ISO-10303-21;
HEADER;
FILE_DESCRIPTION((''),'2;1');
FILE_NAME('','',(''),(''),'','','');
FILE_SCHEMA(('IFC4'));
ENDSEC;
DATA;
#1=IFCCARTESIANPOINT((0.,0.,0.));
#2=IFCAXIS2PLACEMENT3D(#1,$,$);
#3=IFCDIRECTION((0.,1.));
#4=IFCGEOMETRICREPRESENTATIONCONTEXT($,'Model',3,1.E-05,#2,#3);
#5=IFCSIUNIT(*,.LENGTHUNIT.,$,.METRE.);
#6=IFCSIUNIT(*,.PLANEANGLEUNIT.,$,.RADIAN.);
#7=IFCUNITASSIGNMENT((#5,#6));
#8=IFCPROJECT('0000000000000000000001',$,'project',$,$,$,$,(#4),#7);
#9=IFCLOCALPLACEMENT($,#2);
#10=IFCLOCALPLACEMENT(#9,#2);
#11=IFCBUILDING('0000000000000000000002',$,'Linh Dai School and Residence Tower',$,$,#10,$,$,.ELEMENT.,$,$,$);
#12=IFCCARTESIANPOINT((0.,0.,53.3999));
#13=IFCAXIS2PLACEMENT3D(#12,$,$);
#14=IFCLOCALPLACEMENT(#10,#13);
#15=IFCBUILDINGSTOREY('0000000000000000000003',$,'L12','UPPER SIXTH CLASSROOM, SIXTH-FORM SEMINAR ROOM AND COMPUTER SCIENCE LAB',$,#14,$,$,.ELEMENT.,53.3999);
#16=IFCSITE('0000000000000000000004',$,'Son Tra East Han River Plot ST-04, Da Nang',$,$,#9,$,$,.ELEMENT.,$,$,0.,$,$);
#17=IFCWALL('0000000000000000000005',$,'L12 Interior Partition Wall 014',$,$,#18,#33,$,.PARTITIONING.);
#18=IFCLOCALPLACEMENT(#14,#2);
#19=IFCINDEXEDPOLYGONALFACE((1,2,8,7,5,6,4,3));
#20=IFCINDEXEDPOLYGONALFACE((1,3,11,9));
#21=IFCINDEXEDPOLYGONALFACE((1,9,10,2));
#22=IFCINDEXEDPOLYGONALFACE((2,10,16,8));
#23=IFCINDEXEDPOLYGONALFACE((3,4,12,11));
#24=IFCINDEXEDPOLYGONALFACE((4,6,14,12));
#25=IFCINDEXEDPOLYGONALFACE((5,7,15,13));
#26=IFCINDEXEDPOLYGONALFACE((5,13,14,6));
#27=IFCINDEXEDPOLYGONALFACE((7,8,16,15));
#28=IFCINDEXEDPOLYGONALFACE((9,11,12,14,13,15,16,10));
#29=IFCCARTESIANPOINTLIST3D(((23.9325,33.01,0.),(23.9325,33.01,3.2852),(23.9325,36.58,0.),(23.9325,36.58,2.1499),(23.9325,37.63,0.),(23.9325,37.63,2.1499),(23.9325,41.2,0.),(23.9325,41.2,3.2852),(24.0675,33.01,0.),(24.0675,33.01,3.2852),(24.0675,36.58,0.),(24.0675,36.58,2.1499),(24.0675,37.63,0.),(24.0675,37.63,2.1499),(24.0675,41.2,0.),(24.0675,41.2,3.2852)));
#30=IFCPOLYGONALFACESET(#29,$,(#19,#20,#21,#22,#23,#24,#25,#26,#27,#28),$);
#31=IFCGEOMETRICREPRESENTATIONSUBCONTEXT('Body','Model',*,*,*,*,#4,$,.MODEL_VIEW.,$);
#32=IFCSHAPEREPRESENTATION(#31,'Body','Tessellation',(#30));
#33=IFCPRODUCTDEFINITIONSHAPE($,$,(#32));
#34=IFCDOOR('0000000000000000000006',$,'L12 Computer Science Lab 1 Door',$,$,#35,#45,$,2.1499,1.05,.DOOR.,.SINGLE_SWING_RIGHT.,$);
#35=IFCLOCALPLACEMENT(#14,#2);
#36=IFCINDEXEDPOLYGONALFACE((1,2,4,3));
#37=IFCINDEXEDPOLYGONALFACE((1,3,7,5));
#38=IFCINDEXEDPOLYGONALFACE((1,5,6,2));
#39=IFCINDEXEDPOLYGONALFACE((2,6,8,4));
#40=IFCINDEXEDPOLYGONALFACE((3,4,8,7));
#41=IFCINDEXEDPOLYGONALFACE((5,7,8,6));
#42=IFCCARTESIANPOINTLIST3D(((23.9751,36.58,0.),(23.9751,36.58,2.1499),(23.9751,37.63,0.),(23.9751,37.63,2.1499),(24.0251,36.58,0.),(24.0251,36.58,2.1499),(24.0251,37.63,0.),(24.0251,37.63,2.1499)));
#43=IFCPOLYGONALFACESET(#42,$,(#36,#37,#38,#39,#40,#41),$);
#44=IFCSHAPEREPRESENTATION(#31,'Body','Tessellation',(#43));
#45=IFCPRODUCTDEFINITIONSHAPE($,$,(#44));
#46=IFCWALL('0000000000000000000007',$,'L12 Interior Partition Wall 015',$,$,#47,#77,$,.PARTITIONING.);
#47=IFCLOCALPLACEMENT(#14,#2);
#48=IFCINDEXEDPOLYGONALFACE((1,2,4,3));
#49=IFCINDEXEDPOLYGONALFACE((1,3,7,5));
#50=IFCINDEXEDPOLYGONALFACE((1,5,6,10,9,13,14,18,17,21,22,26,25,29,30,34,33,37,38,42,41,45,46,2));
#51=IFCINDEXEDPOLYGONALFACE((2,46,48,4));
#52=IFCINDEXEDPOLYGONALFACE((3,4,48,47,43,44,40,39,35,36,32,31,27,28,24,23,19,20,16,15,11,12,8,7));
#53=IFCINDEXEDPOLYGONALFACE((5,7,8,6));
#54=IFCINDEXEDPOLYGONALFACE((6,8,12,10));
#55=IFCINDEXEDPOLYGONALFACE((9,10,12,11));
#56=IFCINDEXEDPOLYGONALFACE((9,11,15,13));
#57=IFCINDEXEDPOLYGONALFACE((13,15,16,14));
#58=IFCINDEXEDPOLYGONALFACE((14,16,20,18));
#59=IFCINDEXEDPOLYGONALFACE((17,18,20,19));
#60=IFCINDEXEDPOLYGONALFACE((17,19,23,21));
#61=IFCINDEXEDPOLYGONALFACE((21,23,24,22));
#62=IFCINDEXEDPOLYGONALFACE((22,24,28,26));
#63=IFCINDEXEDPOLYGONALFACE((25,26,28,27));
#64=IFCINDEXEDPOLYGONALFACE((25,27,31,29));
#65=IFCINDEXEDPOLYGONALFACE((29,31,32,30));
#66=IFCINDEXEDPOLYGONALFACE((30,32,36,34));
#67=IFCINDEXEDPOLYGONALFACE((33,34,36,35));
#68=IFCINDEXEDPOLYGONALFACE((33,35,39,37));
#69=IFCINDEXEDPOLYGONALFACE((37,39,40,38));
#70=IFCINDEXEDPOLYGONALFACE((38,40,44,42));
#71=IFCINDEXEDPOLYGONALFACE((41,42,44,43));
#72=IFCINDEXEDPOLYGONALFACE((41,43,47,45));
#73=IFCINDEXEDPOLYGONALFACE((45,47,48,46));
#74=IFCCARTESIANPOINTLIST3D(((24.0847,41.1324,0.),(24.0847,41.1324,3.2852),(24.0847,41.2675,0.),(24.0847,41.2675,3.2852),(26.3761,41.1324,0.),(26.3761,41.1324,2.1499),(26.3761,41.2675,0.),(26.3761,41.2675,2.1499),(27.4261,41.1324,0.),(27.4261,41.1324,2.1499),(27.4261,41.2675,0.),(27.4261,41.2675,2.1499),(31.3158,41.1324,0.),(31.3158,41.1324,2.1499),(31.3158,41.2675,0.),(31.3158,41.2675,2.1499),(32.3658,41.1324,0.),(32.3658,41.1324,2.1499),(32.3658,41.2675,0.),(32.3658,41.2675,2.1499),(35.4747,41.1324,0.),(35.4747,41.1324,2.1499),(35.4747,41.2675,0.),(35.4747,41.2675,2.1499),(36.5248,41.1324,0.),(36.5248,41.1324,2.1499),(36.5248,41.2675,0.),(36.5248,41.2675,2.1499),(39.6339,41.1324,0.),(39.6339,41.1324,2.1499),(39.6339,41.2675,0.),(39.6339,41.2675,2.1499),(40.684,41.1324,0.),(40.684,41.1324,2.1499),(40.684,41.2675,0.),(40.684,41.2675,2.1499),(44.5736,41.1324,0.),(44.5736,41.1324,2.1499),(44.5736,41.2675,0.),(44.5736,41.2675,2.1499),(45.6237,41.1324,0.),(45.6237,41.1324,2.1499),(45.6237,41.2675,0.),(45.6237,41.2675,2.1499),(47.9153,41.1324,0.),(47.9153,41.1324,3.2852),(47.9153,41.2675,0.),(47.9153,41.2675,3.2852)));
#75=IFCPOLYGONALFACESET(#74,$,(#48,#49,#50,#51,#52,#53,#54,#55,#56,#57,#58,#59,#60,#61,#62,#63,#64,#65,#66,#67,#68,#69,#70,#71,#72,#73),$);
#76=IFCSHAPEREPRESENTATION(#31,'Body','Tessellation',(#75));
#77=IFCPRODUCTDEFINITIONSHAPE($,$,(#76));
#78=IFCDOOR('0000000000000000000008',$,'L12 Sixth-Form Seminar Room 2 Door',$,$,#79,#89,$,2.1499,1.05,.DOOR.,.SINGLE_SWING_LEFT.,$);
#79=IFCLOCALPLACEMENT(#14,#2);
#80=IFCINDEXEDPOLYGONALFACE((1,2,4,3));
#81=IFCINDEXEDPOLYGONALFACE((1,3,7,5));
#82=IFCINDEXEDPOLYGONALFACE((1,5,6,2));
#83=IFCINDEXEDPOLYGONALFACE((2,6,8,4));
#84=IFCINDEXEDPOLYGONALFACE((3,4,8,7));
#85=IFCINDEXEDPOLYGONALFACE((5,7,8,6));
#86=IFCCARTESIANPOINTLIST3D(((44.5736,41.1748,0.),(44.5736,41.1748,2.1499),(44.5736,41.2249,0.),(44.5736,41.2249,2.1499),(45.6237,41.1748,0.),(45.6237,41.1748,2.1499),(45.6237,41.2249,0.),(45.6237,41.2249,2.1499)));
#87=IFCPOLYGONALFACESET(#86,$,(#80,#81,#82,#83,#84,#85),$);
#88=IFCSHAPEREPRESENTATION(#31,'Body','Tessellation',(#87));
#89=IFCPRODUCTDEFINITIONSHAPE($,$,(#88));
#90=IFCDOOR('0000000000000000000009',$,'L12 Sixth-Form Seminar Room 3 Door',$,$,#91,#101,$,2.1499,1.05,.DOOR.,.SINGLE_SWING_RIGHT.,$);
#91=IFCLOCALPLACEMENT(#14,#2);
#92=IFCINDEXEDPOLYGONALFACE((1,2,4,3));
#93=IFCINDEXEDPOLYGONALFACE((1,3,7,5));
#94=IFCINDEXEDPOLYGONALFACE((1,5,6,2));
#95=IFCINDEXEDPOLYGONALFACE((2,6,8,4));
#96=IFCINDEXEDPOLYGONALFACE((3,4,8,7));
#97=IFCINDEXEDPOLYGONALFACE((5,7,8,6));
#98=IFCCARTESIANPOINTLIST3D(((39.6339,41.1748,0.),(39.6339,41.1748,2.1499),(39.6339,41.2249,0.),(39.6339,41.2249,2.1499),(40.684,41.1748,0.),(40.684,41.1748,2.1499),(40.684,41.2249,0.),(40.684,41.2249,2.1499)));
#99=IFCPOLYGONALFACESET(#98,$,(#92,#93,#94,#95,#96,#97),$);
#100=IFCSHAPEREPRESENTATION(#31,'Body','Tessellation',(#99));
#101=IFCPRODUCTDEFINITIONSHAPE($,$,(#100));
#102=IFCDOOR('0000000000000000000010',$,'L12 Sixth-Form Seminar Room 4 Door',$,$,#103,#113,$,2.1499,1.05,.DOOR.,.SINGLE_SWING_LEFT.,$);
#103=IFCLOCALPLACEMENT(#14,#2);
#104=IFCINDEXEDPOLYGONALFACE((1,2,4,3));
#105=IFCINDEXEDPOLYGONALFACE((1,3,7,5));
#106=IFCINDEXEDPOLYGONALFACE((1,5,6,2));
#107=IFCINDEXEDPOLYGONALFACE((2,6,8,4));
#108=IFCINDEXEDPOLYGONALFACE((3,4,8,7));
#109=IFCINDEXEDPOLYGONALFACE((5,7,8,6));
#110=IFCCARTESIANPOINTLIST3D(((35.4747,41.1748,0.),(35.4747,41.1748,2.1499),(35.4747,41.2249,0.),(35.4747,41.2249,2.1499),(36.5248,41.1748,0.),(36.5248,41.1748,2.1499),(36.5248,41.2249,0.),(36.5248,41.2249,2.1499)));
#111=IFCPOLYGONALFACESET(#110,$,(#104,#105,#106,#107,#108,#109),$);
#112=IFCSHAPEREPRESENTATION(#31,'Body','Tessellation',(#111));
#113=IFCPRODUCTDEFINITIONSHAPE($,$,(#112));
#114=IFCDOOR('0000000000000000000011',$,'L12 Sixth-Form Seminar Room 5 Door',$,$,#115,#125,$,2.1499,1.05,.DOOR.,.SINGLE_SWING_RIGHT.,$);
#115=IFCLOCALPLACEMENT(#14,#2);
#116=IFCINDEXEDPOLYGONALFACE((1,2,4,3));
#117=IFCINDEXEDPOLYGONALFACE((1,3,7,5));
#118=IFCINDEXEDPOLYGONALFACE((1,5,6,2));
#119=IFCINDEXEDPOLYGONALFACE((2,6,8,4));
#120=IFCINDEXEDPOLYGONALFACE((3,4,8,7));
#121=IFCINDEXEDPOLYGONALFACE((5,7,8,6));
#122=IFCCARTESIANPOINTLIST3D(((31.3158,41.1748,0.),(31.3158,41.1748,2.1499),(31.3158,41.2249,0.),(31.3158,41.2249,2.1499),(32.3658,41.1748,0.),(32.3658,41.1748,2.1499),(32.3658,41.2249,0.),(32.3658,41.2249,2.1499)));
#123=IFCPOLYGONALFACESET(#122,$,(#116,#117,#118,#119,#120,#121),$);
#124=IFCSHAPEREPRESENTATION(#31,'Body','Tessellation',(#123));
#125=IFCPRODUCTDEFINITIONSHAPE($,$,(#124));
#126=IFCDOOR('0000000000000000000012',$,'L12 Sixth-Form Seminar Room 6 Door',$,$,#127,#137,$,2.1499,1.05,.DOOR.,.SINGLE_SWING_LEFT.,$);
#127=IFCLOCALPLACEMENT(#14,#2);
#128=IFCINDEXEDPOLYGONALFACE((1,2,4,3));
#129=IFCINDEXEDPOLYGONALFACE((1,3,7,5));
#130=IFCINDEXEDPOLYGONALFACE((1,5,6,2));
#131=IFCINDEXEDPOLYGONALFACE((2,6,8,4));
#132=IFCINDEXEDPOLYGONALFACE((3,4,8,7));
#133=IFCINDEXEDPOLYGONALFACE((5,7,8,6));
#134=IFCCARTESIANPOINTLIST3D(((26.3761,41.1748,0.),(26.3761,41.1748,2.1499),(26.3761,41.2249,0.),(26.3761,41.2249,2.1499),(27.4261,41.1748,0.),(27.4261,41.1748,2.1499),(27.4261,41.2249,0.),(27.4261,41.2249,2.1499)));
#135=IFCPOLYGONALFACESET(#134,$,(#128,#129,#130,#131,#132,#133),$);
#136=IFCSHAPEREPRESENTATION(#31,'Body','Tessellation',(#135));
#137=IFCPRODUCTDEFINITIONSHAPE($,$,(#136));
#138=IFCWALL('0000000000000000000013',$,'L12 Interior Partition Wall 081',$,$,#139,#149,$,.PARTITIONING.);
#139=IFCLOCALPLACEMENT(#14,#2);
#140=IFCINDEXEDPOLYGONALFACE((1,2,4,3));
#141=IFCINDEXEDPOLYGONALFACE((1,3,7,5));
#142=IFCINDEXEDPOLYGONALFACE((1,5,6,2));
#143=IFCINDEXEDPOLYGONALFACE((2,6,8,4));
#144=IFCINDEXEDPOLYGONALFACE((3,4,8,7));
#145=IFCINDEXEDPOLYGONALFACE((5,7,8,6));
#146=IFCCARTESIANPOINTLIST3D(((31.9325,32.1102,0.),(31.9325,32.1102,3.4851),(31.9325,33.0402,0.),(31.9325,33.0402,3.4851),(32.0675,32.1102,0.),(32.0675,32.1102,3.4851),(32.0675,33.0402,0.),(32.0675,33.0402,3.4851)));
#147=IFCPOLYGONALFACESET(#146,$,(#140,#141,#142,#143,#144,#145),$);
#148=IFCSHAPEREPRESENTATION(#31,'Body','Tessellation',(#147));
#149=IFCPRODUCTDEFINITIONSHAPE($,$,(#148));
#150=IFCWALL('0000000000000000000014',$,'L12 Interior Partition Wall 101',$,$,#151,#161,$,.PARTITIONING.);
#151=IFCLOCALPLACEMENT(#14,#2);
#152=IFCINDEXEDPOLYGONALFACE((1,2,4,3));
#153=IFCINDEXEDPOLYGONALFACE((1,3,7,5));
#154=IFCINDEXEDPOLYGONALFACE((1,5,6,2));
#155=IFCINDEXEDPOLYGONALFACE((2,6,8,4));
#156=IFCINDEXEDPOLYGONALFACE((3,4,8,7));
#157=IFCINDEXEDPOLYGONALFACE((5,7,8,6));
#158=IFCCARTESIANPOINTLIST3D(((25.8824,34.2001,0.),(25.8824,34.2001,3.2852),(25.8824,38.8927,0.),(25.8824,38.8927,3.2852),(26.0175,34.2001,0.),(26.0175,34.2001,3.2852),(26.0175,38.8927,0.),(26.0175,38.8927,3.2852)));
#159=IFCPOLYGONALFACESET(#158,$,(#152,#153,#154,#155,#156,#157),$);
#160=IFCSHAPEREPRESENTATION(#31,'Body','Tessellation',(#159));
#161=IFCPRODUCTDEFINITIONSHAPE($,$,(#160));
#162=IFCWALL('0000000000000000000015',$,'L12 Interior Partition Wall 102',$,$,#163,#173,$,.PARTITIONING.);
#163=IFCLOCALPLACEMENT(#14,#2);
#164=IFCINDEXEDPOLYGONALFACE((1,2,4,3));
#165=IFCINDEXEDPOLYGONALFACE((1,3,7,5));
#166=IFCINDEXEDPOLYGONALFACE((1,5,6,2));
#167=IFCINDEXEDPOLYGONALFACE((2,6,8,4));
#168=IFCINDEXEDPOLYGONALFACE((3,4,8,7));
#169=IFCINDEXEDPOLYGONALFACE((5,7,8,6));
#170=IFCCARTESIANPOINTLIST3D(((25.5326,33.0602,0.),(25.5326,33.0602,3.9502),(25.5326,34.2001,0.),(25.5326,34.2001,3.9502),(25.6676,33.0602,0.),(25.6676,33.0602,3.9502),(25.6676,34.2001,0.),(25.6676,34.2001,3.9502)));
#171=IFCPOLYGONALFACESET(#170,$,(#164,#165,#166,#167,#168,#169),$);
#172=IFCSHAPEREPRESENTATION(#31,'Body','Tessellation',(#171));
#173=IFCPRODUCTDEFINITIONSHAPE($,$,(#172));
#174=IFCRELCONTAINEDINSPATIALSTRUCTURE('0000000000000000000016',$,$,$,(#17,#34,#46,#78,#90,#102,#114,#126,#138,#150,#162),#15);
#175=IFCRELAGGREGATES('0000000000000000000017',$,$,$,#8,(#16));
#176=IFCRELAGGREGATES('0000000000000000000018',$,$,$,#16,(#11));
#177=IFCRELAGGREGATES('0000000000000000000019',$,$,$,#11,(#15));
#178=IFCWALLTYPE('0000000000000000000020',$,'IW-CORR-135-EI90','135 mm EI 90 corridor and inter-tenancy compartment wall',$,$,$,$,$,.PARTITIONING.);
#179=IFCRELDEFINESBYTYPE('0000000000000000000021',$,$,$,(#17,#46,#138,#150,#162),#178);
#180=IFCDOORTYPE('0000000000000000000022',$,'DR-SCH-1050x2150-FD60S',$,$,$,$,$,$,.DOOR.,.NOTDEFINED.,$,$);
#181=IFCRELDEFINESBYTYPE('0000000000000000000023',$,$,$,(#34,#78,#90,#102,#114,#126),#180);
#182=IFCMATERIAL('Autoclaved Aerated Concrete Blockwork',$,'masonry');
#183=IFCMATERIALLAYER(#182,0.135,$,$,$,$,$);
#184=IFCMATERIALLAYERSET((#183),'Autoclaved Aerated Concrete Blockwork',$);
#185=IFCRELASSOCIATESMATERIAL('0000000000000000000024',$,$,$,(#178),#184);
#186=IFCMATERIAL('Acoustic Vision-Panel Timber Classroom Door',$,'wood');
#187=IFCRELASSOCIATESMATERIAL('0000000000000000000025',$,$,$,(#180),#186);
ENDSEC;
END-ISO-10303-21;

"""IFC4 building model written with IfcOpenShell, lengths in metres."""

from ifc_helpers import new_model, si_unit, direction, frame, frame_2d, origin, origin_2d, place, context, subcontext, project, spatial, rectangle, extrude, source, transform, mapped, material, layer, layer_set, type_object, element, fill, save


model = new_model("IFC4")

# Units and contexts
model_context = context("Model", 3, precision=1e-05, world=origin(), true_north=direction((0.0, 1.0)))
body_context = subcontext(model_context, "Body", "Model", "MODEL_VIEW")
ifc_project = project(units=[si_unit("LENGTHUNIT", "METRE"), si_unit("PLANEANGLEUNIT", "RADIAN")], contexts=[model_context])

# Site, building, storey
site_placement = place(None, origin())
site = spatial("IfcSite", under=ifc_project, at=site_placement, Name="Son Tra East Han River Plot ST-04, Da Nang", CompositionType="ELEMENT", RefElevation=0.0)
building_placement = place(site_placement, origin())
building = spatial("IfcBuilding", under=site, at=building_placement, Name="Linh Dai School and Residence Tower", CompositionType="ELEMENT")
storey_placement = place(building_placement, frame((0.0, 0.0, 53.3999)))
storey = spatial("IfcBuildingStorey", under=building, at=storey_placement, Name="L12", Description="UPPER SIXTH CLASSROOM, SIXTH-FORM SEMINAR ROOM AND COMPUTER SCIENCE LAB", CompositionType="ELEMENT", Elevation=53.3999)

# Wall, opening, door
ifc_material_1 = material(Name="Autoclaved Aerated Concrete Blockwork", Category="masonry")
ifc_layer_1 = layer(ifc_material_1, 0.135)
ifc_layer_set_1 = layer_set([ifc_layer_1], Name="Autoclaved Aerated Concrete Blockwork")
wall_type_1 = type_object("IfcWallType", Name="IW-CORR-135-EI90", Description="135 mm EI 90 corridor and inter-tenancy compartment wall", PredefinedType="PARTITIONING", material=ifc_layer_set_1)
wall_1_placement = place(storey_placement, frame((24.0, 33.01, 0.0), z_axis=(0.0, 0.0, 1.0), x_axis=(0.0, 1.0, 0.0)))
wall_1 = element("IfcWall", 1, at=wall_1_placement, inside=storey, type_object=wall_type_1, Name="L12 Interior Partition Wall 014", PredefinedType="PARTITIONING", context=body_context, shape_type="SweptSolid", body=[
    extrude(rectangle(XDim=8.1899, YDim=0.135, at=frame_2d((4.095, 0.0))), origin(), (0.0, 0.0, 1.0), 3.2852),
])
opening_1_placement = place(wall_1_placement, frame((3.5701, 0.0, 0.0)))
opening_1 = element("IfcOpeningElement", 2, at=opening_1_placement, cuts=wall_1, PredefinedType="OPENING", context=body_context, shape_type="SweptSolid", body=[
    extrude(rectangle(XDim=1.05, YDim=2.1499, at=origin_2d()), frame((0.5249, 0.0776, 1.075), z_axis=(0.0, -1.0, 0.0), x_axis=(1.0, 0.0, 0.0)), (0.0, 0.0, 1.0), 0.155),
])
ifc_material_2 = material(Name="Acoustic Vision-Panel Timber Classroom Door", Category="wood")
door_type = type_object("IfcDoorType", Name="DR-SCH-1050x2150-FD60S", OperationType="NOTDEFINED", PredefinedType="DOOR", material=ifc_material_2)
shared_shape_1 = source(origin(), body_context, "Body", "SweptSolid", [
    extrude(rectangle(XDim=1.05, YDim=2.1499, at=origin_2d()), frame((0.5249, 0.0249, 1.075), z_axis=(0.0, -1.0, 0.0), x_axis=(1.0, 0.0, 0.0)), (0.0, 0.0, 1.0), 0.05),
])
door_1_placement = place(opening_1_placement, origin())
door_1 = element("IfcDoor", 3, at=door_1_placement, inside=storey, type_object=door_type, Name="L12 Computer Science Lab 1 Door", OperationType="SINGLE_SWING_RIGHT", OverallHeight=2.1499, OverallWidth=1.05, PredefinedType="DOOR", context=body_context, shape_type="MappedRepresentation", body=[
    mapped(shared_shape_1, transform((0.0, 0.0, 0.0), x_axis=(1.0, 0.0, 0.0), y_axis=(0.0, 1.0, 0.0), z_axis=(0.0, 0.0, 1.0), scale=1.0)),
])
fill(opening_1, door_1)

# Wall, openings, doors
wall_2_placement = place(storey_placement, frame((24.0847, 41.2, 0.0), z_axis=(0.0, 0.0, 1.0), x_axis=(1.0, 0.0, 0.0)))
wall_2 = element("IfcWall", 4, at=wall_2_placement, inside=storey, type_object=wall_type_1, Name="L12 Interior Partition Wall 015", PredefinedType="PARTITIONING", context=body_context, shape_type="SweptSolid", body=[
    extrude(rectangle(XDim=23.8306, YDim=0.135, at=frame_2d((11.9153, 0.0))), origin(), (0.0, 0.0, 1.0), 3.2852),
])
opening_2_placement = place(wall_2_placement, frame((20.489, 0.0, 0.0)))
opening_2 = element("IfcOpeningElement", 5, at=opening_2_placement, cuts=wall_2, PredefinedType="OPENING", context=body_context, shape_type="SweptSolid", body=[
    extrude(rectangle(XDim=1.05, YDim=2.1499, at=origin_2d()), frame((0.5249, 0.0776, 1.075), z_axis=(0.0, -1.0, 0.0), x_axis=(1.0, 0.0, 0.0)), (0.0, 0.0, 1.0), 0.155),
])
opening_3_placement = place(wall_2_placement, frame((15.5493, 0.0, 0.0)))
opening_3 = element("IfcOpeningElement", 6, at=opening_3_placement, cuts=wall_2, PredefinedType="OPENING", context=body_context, shape_type="SweptSolid", body=[
    extrude(rectangle(XDim=1.05, YDim=2.1499, at=origin_2d()), frame((0.5249, 0.0776, 1.075), z_axis=(0.0, -1.0, 0.0), x_axis=(1.0, 0.0, 0.0)), (0.0, 0.0, 1.0), 0.155),
])
opening_4_placement = place(wall_2_placement, frame((11.3901, 0.0, 0.0)))
opening_4 = element("IfcOpeningElement", 7, at=opening_4_placement, cuts=wall_2, PredefinedType="OPENING", context=body_context, shape_type="SweptSolid", body=[
    extrude(rectangle(XDim=1.05, YDim=2.1499, at=origin_2d()), frame((0.5249, 0.0776, 1.075), z_axis=(0.0, -1.0, 0.0), x_axis=(1.0, 0.0, 0.0)), (0.0, 0.0, 1.0), 0.155),
])
opening_5_placement = place(wall_2_placement, frame((7.2312, 0.0, 0.0)))
opening_5 = element("IfcOpeningElement", 8, at=opening_5_placement, cuts=wall_2, PredefinedType="OPENING", context=body_context, shape_type="SweptSolid", body=[
    extrude(rectangle(XDim=1.05, YDim=2.1499, at=origin_2d()), frame((0.5249, 0.0776, 1.075), z_axis=(0.0, -1.0, 0.0), x_axis=(1.0, 0.0, 0.0)), (0.0, 0.0, 1.0), 0.155),
])
opening_6_placement = place(wall_2_placement, frame((2.2915, 0.0, 0.0)))
opening_6 = element("IfcOpeningElement", 9, at=opening_6_placement, cuts=wall_2, PredefinedType="OPENING", context=body_context, shape_type="SweptSolid", body=[
    extrude(rectangle(XDim=1.05, YDim=2.1499, at=origin_2d()), frame((0.5249, 0.0776, 1.075), z_axis=(0.0, -1.0, 0.0), x_axis=(1.0, 0.0, 0.0)), (0.0, 0.0, 1.0), 0.155),
])
door_2_placement = place(opening_2_placement, origin())
door_2 = element("IfcDoor", 10, at=door_2_placement, inside=storey, type_object=door_type, Name="L12 Sixth-Form Seminar Room 2 Door", OperationType="SINGLE_SWING_LEFT", OverallHeight=2.1499, OverallWidth=1.05, PredefinedType="DOOR", context=body_context, shape_type="MappedRepresentation", body=[
    mapped(shared_shape_1, transform((0.0, 0.0, 0.0), x_axis=(1.0, 0.0, 0.0), y_axis=(0.0, 1.0, 0.0), z_axis=(0.0, 0.0, 1.0), scale=1.0)),
])
fill(opening_2, door_2)
door_3_placement = place(opening_3_placement, origin())
door_3 = element("IfcDoor", 11, at=door_3_placement, inside=storey, type_object=door_type, Name="L12 Sixth-Form Seminar Room 3 Door", OperationType="SINGLE_SWING_RIGHT", OverallHeight=2.1499, OverallWidth=1.05, PredefinedType="DOOR", context=body_context, shape_type="MappedRepresentation", body=[
    mapped(shared_shape_1, transform((0.0, 0.0, 0.0), x_axis=(1.0, 0.0, 0.0), y_axis=(0.0, 1.0, 0.0), z_axis=(0.0, 0.0, 1.0), scale=1.0)),
])
fill(opening_3, door_3)
door_4_placement = place(opening_4_placement, origin())
door_4 = element("IfcDoor", 12, at=door_4_placement, inside=storey, type_object=door_type, Name="L12 Sixth-Form Seminar Room 4 Door", OperationType="SINGLE_SWING_LEFT", OverallHeight=2.1499, OverallWidth=1.05, PredefinedType="DOOR", context=body_context, shape_type="MappedRepresentation", body=[
    mapped(shared_shape_1, transform((0.0, 0.0, 0.0), x_axis=(1.0, 0.0, 0.0), y_axis=(0.0, 1.0, 0.0), z_axis=(0.0, 0.0, 1.0), scale=1.0)),
])
fill(opening_4, door_4)
door_5_placement = place(opening_5_placement, origin())
door_5 = element("IfcDoor", 13, at=door_5_placement, inside=storey, type_object=door_type, Name="L12 Sixth-Form Seminar Room 5 Door", OperationType="SINGLE_SWING_RIGHT", OverallHeight=2.1499, OverallWidth=1.05, PredefinedType="DOOR", context=body_context, shape_type="MappedRepresentation", body=[
    mapped(shared_shape_1, transform((0.0, 0.0, 0.0), x_axis=(1.0, 0.0, 0.0), y_axis=(0.0, 1.0, 0.0), z_axis=(0.0, 0.0, 1.0), scale=1.0)),
])
fill(opening_5, door_5)
door_6_placement = place(opening_6_placement, origin())
door_6 = element("IfcDoor", 14, at=door_6_placement, inside=storey, type_object=door_type, Name="L12 Sixth-Form Seminar Room 6 Door", OperationType="SINGLE_SWING_LEFT", OverallHeight=2.1499, OverallWidth=1.05, PredefinedType="DOOR", context=body_context, shape_type="MappedRepresentation", body=[
    mapped(shared_shape_1, transform((0.0, 0.0, 0.0), x_axis=(1.0, 0.0, 0.0), y_axis=(0.0, 1.0, 0.0), z_axis=(0.0, 0.0, 1.0), scale=1.0)),
])
fill(opening_6, door_6)

# Walls
wall_3_placement = place(storey_placement, frame((32.0, 33.04, 0.0), z_axis=(0.0, 0.0, 1.0), x_axis=(0.0, -1.0, 0.0)))
element("IfcWall", 15, at=wall_3_placement, inside=storey, type_object=wall_type_1, Name="L12 Interior Partition Wall 081", PredefinedType="PARTITIONING", context=body_context, shape_type="SweptSolid", body=[
    extrude(rectangle(XDim=0.9299, YDim=0.135, at=frame_2d((0.4648, 0.0))), origin(), (0.0, 0.0, 1.0), 3.4851),
])
wall_4_placement = place(storey_placement, frame((25.95, 38.8926, 0.0), z_axis=(0.0, 0.0, 1.0), x_axis=(0.0, -1.0, 0.0)))
element("IfcWall", 16, at=wall_4_placement, inside=storey, type_object=wall_type_1, Name="L12 Interior Partition Wall 101", PredefinedType="PARTITIONING", context=body_context, shape_type="SweptSolid", body=[
    extrude(rectangle(XDim=4.6926, YDim=0.135, at=frame_2d((2.3462, 0.0))), origin(), (0.0, 0.0, 1.0), 3.2852),
])
wall_5_placement = place(storey_placement, frame((25.6001, 34.2, 0.0), z_axis=(0.0, 0.0, 1.0), x_axis=(0.0, -1.0, 0.0)))
element("IfcWall", 17, at=wall_5_placement, inside=storey, type_object=wall_type_1, Name="L12 Interior Partition Wall 102", PredefinedType="PARTITIONING", context=body_context, shape_type="SweptSolid", body=[
    extrude(rectangle(XDim=1.1399, YDim=0.135, at=frame_2d((0.5698, 0.0))), origin(), (0.0, 0.0, 1.0), 3.9502),
])

save(model, "model.ifc")
